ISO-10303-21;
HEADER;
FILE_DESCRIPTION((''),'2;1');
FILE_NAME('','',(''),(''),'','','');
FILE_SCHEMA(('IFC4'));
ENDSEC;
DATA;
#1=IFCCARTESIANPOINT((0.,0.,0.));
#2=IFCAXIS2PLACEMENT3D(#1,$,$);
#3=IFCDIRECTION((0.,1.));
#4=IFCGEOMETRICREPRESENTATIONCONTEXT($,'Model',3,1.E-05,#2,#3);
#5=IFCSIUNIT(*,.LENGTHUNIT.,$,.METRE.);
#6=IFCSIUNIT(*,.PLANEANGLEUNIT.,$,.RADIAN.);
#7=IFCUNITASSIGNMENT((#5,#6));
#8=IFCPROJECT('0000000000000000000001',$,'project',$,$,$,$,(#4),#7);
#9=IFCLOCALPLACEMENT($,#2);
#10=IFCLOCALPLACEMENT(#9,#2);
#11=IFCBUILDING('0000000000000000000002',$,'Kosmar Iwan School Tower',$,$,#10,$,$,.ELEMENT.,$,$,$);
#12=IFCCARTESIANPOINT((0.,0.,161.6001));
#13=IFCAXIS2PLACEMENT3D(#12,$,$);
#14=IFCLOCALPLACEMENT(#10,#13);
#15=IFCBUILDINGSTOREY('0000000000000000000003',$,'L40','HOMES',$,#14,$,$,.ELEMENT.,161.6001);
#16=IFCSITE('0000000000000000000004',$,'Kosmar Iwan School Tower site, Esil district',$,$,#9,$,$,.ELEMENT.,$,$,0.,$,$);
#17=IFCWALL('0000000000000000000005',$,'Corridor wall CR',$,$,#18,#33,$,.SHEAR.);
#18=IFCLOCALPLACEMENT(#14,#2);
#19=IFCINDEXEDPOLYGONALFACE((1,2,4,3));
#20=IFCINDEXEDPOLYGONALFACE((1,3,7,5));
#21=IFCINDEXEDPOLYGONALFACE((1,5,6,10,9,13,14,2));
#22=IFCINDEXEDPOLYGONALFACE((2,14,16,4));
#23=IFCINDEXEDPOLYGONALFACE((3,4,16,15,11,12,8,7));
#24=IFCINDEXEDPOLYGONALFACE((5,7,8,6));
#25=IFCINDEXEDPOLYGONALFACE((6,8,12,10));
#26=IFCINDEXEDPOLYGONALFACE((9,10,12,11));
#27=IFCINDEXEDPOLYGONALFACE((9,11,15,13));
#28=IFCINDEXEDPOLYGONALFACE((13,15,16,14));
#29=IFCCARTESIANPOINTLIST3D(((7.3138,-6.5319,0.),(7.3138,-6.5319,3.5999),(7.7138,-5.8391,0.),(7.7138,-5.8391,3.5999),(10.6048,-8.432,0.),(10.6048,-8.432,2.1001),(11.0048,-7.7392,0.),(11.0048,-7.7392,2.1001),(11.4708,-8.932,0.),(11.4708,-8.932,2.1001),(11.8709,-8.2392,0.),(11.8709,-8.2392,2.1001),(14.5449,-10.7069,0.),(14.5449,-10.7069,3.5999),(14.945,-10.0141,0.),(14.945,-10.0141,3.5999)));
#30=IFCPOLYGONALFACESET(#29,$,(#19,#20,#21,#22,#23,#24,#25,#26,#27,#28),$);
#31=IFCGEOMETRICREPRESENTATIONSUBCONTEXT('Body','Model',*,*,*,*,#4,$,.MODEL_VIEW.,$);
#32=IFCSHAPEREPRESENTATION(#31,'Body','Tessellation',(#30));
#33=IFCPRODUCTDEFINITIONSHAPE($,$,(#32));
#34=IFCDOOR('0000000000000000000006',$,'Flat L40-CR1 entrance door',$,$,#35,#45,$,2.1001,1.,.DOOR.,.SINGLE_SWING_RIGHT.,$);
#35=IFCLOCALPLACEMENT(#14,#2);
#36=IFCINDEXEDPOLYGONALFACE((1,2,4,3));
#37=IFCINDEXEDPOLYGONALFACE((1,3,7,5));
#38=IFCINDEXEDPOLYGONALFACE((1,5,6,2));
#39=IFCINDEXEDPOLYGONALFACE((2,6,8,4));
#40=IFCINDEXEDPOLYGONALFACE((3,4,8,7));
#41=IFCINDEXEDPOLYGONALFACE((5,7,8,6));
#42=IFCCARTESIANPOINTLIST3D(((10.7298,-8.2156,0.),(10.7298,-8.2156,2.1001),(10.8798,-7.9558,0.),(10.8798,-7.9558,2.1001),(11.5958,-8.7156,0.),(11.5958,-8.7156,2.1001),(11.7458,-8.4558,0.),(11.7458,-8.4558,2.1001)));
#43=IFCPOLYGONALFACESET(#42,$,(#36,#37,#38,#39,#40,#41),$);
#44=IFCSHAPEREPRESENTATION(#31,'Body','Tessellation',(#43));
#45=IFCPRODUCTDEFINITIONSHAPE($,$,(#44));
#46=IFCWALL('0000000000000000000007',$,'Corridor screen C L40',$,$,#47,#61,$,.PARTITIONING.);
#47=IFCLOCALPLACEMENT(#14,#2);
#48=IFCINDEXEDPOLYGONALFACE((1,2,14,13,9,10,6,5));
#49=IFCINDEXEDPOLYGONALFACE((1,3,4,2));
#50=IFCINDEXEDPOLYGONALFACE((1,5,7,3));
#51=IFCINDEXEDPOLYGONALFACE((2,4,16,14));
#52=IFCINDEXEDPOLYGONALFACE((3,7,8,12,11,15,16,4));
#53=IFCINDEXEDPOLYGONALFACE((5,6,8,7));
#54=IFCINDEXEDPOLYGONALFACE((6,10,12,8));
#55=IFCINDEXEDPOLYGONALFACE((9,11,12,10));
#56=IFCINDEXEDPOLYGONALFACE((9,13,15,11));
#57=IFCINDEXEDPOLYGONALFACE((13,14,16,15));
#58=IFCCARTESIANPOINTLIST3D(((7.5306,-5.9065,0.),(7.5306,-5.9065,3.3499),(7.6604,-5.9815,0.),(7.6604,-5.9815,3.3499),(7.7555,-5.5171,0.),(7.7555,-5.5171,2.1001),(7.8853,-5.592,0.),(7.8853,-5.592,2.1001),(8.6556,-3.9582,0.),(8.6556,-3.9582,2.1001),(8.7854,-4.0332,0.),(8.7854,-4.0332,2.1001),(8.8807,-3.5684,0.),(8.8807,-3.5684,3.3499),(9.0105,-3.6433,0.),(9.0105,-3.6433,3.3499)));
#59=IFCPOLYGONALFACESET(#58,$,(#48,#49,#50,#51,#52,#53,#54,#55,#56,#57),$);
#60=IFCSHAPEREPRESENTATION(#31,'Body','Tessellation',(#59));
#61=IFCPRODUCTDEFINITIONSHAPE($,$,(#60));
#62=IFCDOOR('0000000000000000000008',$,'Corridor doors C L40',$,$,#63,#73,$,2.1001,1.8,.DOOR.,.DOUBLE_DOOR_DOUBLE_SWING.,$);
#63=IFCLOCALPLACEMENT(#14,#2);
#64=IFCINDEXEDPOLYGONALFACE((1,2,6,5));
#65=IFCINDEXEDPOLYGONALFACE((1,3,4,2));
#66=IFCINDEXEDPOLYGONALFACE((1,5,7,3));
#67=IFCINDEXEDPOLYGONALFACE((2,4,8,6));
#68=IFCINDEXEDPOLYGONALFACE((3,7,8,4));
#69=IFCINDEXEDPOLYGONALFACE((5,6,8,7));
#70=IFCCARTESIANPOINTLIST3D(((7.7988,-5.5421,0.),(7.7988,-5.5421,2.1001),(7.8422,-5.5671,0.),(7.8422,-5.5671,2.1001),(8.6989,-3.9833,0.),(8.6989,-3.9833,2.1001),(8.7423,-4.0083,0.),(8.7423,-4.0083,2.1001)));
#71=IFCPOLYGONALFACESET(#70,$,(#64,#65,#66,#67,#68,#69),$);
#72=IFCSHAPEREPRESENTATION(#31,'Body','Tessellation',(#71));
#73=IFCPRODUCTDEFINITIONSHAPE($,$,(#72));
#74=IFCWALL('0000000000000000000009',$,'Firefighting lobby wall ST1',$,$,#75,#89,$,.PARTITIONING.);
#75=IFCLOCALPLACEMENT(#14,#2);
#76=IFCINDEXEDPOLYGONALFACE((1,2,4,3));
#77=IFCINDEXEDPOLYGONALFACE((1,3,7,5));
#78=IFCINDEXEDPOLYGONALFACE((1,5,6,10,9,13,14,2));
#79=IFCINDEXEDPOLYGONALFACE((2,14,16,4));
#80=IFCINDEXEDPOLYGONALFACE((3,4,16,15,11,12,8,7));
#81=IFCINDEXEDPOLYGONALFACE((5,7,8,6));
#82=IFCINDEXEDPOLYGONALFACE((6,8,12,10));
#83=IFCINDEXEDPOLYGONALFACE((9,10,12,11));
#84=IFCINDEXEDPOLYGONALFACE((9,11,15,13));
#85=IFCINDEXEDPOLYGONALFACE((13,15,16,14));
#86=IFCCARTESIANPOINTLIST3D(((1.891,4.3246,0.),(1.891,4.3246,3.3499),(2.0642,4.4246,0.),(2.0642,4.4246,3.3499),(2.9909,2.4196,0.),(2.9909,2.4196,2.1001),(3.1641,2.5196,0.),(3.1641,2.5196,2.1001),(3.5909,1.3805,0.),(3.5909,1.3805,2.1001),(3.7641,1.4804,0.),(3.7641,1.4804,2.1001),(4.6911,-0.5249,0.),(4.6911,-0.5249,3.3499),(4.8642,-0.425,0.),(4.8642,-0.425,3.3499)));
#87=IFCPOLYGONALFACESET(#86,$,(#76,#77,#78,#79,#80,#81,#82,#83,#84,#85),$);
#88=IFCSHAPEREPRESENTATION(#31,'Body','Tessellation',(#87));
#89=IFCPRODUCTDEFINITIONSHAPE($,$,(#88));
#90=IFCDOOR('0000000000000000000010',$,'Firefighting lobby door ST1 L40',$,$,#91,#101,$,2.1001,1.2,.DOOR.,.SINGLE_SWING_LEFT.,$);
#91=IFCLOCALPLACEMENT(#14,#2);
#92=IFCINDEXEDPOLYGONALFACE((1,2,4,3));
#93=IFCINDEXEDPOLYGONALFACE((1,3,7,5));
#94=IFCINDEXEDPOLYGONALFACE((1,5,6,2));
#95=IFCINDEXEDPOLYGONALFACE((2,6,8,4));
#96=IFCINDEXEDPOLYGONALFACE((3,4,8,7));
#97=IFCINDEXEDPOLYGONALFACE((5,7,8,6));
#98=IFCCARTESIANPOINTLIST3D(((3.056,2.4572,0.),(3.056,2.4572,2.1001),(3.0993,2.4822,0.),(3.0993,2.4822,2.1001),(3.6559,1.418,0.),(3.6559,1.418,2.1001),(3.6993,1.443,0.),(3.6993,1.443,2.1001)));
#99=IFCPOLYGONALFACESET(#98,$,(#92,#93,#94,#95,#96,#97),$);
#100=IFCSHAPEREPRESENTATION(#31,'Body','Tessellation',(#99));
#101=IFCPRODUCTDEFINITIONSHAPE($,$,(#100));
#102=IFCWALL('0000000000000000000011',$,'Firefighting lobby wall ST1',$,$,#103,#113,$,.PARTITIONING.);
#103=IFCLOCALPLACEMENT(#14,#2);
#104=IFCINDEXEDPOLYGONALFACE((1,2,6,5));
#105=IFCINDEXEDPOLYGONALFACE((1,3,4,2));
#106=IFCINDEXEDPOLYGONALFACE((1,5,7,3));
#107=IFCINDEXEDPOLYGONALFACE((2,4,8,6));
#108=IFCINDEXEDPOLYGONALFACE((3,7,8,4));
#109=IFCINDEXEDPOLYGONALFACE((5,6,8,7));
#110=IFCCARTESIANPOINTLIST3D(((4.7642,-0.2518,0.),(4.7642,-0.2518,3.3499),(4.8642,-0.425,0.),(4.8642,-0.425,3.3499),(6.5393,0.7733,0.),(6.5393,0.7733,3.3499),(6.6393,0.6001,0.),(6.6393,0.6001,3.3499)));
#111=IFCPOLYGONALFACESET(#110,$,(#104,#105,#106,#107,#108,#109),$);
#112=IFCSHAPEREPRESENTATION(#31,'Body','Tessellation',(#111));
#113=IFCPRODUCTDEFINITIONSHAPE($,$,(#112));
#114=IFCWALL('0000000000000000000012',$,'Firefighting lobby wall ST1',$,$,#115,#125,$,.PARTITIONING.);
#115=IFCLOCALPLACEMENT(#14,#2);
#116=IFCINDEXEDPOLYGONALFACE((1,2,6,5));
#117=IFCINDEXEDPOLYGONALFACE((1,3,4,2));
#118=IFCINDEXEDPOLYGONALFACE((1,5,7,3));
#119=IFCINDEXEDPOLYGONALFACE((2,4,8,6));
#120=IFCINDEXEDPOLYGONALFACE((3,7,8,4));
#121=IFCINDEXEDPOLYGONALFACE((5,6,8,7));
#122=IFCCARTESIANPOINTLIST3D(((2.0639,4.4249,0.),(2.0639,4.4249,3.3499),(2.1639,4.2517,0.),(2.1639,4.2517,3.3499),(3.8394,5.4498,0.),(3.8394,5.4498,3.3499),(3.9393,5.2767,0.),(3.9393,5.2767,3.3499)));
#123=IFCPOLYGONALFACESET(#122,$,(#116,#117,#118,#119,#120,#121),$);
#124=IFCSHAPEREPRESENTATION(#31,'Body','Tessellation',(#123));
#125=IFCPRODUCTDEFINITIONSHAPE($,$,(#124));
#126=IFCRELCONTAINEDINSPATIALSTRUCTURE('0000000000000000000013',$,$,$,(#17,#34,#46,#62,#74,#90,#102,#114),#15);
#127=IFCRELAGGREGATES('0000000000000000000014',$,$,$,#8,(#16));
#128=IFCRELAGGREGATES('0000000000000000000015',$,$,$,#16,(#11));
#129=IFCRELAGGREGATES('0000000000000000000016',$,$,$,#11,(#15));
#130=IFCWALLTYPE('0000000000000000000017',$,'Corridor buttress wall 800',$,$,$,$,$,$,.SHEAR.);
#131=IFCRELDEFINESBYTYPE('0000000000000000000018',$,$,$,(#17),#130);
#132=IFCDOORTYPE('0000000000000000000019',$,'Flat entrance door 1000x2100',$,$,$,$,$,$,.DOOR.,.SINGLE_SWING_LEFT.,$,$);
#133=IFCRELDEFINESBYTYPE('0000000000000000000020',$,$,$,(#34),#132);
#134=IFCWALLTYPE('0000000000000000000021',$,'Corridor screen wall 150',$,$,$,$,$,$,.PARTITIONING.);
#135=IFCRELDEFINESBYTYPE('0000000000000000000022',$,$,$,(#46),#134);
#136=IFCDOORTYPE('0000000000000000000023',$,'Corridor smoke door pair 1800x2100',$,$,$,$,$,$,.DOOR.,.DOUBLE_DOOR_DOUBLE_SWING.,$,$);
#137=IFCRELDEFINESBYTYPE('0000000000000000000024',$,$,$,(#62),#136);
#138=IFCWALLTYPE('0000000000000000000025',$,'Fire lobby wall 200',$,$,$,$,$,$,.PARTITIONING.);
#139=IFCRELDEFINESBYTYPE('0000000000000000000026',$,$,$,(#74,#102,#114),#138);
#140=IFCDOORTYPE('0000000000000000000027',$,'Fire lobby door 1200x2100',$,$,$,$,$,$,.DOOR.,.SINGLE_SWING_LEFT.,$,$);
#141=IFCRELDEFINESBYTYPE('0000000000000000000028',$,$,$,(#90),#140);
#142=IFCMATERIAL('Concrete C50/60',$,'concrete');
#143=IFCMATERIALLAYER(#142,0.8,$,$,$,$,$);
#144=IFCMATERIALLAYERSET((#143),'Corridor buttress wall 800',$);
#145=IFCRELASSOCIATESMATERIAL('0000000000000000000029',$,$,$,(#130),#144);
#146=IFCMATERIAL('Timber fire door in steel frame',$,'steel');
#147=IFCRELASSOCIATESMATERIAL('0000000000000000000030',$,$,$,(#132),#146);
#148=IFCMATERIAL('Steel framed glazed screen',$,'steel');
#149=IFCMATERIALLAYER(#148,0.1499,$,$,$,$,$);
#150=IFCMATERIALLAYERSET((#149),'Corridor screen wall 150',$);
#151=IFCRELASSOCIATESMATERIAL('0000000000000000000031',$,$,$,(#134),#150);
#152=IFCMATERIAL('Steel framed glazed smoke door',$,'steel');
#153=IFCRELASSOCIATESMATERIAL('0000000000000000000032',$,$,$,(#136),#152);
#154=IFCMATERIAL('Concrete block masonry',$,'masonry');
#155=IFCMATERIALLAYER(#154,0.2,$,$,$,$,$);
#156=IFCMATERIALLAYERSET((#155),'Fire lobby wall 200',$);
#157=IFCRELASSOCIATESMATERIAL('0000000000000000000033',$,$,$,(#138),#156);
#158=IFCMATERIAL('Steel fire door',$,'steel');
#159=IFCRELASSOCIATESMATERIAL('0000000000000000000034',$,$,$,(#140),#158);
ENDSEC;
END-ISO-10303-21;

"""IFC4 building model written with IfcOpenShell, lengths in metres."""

from ifc_helpers import new_model, si_unit, direction, frame, frame_2d, origin, place, context, subcontext, project, spatial, rectangle, extrude, material, layer, layer_set, type_object, element, fill, save


model = new_model("IFC4")

# Units and contexts
model_context = context("Model", 3, precision=1e-05, world=origin(), true_north=direction((0.0, 1.0)))
body_context = subcontext(model_context, "Body", "Model", "MODEL_VIEW")
ifc_project = project(units=[si_unit("LENGTHUNIT", "METRE"), si_unit("PLANEANGLEUNIT", "RADIAN")], contexts=[model_context])

# Site, building, storey
site_placement = place(None, origin())
site = spatial("IfcSite", under=ifc_project, at=site_placement, Name="Kosmar Iwan School Tower site, Esil district", CompositionType="ELEMENT", RefElevation=0.0)
building_placement = place(site_placement, origin())
building = spatial("IfcBuilding", under=site, at=building_placement, Name="Kosmar Iwan School Tower", CompositionType="ELEMENT")
storey_placement = place(building_placement, frame((0.0, 0.0, 161.6001)))
storey = spatial("IfcBuildingStorey", under=building, at=storey_placement, Name="L40", Description="HOMES", CompositionType="ELEMENT", Elevation=161.6001)

# Walls, openings, doors
ifc_material_1 = material(Name="Concrete C50/60", Category="concrete")
ifc_layer_1 = layer(ifc_material_1, 0.8)
ifc_layer_set_1 = layer_set([ifc_layer_1], Name="Corridor buttress wall 800")
wall_type_1 = type_object("IfcWallType", Name="Corridor buttress wall 800", PredefinedType="SHEAR", material=ifc_layer_set_1)
ifc_material_2 = material(Name="Timber fire door in steel frame", Category="steel")
door_type_1 = type_object("IfcDoorType", Name="Flat entrance door 1000x2100", OperationType="SINGLE_SWING_LEFT", PredefinedType="DOOR", material=ifc_material_2)
wall_1_placement = place(storey_placement, frame((7.5139, -6.1855, 0.0), z_axis=(0.0, 0.0, 1.0), x_axis=(0.86602, -0.50001, 0.0)))
wall_1 = element("IfcWall", 1, at=wall_1_placement, inside=storey, type_object=wall_type_1, Name="Corridor wall CR", PredefinedType="SHEAR", context=body_context, shape_type="SweptSolid", body=[
    extrude(rectangle(XDim=8.3499, YDim=0.8, at=frame_2d((4.1748, 0.0))), origin(), (0.0, 0.0, 1.0), 3.5999),
])
opening_1_placement = place(wall_1_placement, frame((3.8, 0.0, 0.0)))
opening_1 = element("IfcOpeningElement", 2, at=opening_1_placement, cuts=wall_1, PredefinedType="OPENING", context=body_context, shape_type="SweptSolid", body=[
    extrude(rectangle(XDim=1.0, YDim=2.1001, at=frame_2d((0.5, 1.05))), frame((0.0, 0.4121, 0.0), z_axis=(0.0, -1.0, 0.0), x_axis=(1.0, 0.0, 0.0)), (0.0, 0.0, 1.0), 0.824),
])
door_1_placement = place(opening_1_placement, origin())
door_1 = element("IfcDoor", 3, at=door_1_placement, inside=storey, type_object=door_type_1, Name="Flat L40-CR1 entrance door", OperationType="SINGLE_SWING_RIGHT", OverallHeight=2.1001, OverallWidth=1.0, PredefinedType="DOOR", context=body_context, shape_type="SweptSolid", body=[
    extrude(rectangle(XDim=1.0, YDim=2.1001, at=frame_2d((0.5, 1.05))), frame((0.0, 0.1499, 0.0), z_axis=(0.0, -1.0, 0.0), x_axis=(1.0, 0.0, 0.0)), (0.0, 0.0, 1.0), 0.3),
])
fill(opening_1, door_1)
ifc_material_3 = material(Name="Steel framed glazed screen", Category="steel")
ifc_layer_2 = layer(ifc_material_3, 0.1499)
ifc_layer_set_2 = layer_set([ifc_layer_2], Name="Corridor screen wall 150")
wall_type_2 = type_object("IfcWallType", Name="Corridor screen wall 150", PredefinedType="PARTITIONING", material=ifc_layer_set_2)
wall_2_placement = place(storey_placement, frame((7.5955, -5.9441, 0.0), z_axis=(0.0, 0.0, 1.0), x_axis=(0.500049, 0.865997, 0.0)))
wall_2 = element("IfcWall", 4, at=wall_2_placement, inside=storey, type_object=wall_type_2, Name="Corridor screen C L40", PredefinedType="PARTITIONING", context=body_context, shape_type="SweptSolid", body=[
    extrude(rectangle(XDim=2.7, YDim=0.1499, at=frame_2d((1.3501, 0.0))), origin(), (0.0, 0.0, 1.0), 3.3499),
])
opening_2_placement = place(wall_2_placement, frame((0.45, 0.0, 0.0)))
opening_2 = element("IfcOpeningElement", 5, at=opening_2_placement, cuts=wall_2, PredefinedType="OPENING", context=body_context, shape_type="SweptSolid", body=[
    extrude(rectangle(XDim=1.8, YDim=2.1001, at=frame_2d((0.8999, 1.05))), frame((0.0, 0.0869, 0.0), z_axis=(0.0, -1.0, 0.0), x_axis=(1.0, 0.0, 0.0)), (0.0, 0.0, 1.0), 0.1738),
])
ifc_material_4 = material(Name="Steel framed glazed smoke door", Category="steel")
door_type_2 = type_object("IfcDoorType", Name="Corridor smoke door pair 1800x2100", OperationType="DOUBLE_DOOR_DOUBLE_SWING", PredefinedType="DOOR", material=ifc_material_4)
door_2_placement = place(opening_2_placement, origin())
door_2 = element("IfcDoor", 6, at=door_2_placement, inside=storey, type_object=door_type_2, Name="Corridor doors C L40", OperationType="DOUBLE_DOOR_DOUBLE_SWING", OverallHeight=2.1001, OverallWidth=1.8, PredefinedType="DOOR", context=body_context, shape_type="SweptSolid", body=[
    extrude(rectangle(XDim=1.8, YDim=2.1001, at=frame_2d((0.8999, 1.05))), frame((0.0, 0.0249, 0.0), z_axis=(0.0, -1.0, 0.0), x_axis=(1.0, 0.0, 0.0)), (0.0, 0.0, 1.0), 0.05),
])
fill(opening_2, door_2)
ifc_material_5 = material(Name="Concrete block masonry", Category="masonry")
ifc_layer_3 = layer(ifc_material_5, 0.2)
ifc_layer_set_3 = layer_set([ifc_layer_3], Name="Fire lobby wall 200")
wall_type_3 = type_object("IfcWallType", Name="Fire lobby wall 200", PredefinedType="PARTITIONING", material=ifc_layer_set_3)
wall_3_placement = place(storey_placement, frame((4.7776, -0.4749, 0.0), z_axis=(0.0, 0.0, 1.0), x_axis=(-0.500017, 0.866016, 0.0)))
wall_3 = element("IfcWall", 7, at=wall_3_placement, inside=storey, type_object=wall_type_3, Name="Firefighting lobby wall ST1", PredefinedType="PARTITIONING", context=body_context, shape_type="SweptSolid", body=[
    extrude(rectangle(XDim=5.5999, YDim=0.2, at=frame_2d((2.7998, 0.0))), origin(), (0.0, 0.0, 1.0), 3.3499),
])
opening_3_placement = place(wall_3_placement, frame((2.2, 0.0, 0.0)))
opening_3 = element("IfcOpeningElement", 8, at=opening_3_placement, cuts=wall_3, PredefinedType="OPENING", context=body_context, shape_type="SweptSolid", body=[
    extrude(rectangle(XDim=1.2, YDim=2.1001, at=frame_2d((0.6001, 1.05))), frame((0.0, 0.1121, 0.0), z_axis=(0.0, -1.0, 0.0), x_axis=(1.0, 0.0, 0.0)), (0.0, 0.0, 1.0), 0.2239),
])
ifc_material_6 = material(Name="Steel fire door", Category="steel")
door_type_3 = type_object("IfcDoorType", Name="Fire lobby door 1200x2100", OperationType="SINGLE_SWING_LEFT", PredefinedType="DOOR", material=ifc_material_6)
door_3_placement = place(opening_3_placement, origin())
door_3 = element("IfcDoor", 9, at=door_3_placement, inside=storey, type_object=door_type_3, Name="Firefighting lobby door ST1 L40", OperationType="SINGLE_SWING_LEFT", OverallHeight=2.1001, OverallWidth=1.2, PredefinedType="DOOR", context=body_context, shape_type="SweptSolid", body=[
    extrude(rectangle(XDim=1.2, YDim=2.1001, at=frame_2d((0.6001, 1.05))), frame((0.0, 0.0249, 0.0), z_axis=(0.0, -1.0, 0.0), x_axis=(1.0, 0.0, 0.0)), (0.0, 0.0, 1.0), 0.05),
])
fill(opening_3, door_3)

# Walls
wall_4_placement = place(storey_placement, frame((4.8142, -0.3384, 0.0), z_axis=(0.0, 0.0, 1.0), x_axis=(0.865969, 0.500097, 0.0)))
element("IfcWall", 10, at=wall_4_placement, inside=storey, type_object=wall_type_3, Name="Firefighting lobby wall ST1", PredefinedType="PARTITIONING", context=body_context, shape_type="SweptSolid", body=[
    extrude(rectangle(XDim=2.0498, YDim=0.2, at=frame_2d((1.0249, 0.0))), origin(), (0.0, 0.0, 1.0), 3.3499),
])
wall_5_placement = place(storey_placement, frame((2.114, 4.3384, 0.0), z_axis=(0.0, 0.0, 1.0), x_axis=(0.866051, 0.499956, 0.0)))
element("IfcWall", 11, at=wall_5_placement, inside=storey, type_object=wall_type_3, Name="Firefighting lobby wall ST1", PredefinedType="PARTITIONING", context=body_context, shape_type="SweptSolid", body=[
    extrude(rectangle(XDim=2.05, YDim=0.2, at=frame_2d((1.0249, 0.0))), origin(), (0.0, 0.0, 1.0), 3.3499),
])

save(model, "model.ifc")
